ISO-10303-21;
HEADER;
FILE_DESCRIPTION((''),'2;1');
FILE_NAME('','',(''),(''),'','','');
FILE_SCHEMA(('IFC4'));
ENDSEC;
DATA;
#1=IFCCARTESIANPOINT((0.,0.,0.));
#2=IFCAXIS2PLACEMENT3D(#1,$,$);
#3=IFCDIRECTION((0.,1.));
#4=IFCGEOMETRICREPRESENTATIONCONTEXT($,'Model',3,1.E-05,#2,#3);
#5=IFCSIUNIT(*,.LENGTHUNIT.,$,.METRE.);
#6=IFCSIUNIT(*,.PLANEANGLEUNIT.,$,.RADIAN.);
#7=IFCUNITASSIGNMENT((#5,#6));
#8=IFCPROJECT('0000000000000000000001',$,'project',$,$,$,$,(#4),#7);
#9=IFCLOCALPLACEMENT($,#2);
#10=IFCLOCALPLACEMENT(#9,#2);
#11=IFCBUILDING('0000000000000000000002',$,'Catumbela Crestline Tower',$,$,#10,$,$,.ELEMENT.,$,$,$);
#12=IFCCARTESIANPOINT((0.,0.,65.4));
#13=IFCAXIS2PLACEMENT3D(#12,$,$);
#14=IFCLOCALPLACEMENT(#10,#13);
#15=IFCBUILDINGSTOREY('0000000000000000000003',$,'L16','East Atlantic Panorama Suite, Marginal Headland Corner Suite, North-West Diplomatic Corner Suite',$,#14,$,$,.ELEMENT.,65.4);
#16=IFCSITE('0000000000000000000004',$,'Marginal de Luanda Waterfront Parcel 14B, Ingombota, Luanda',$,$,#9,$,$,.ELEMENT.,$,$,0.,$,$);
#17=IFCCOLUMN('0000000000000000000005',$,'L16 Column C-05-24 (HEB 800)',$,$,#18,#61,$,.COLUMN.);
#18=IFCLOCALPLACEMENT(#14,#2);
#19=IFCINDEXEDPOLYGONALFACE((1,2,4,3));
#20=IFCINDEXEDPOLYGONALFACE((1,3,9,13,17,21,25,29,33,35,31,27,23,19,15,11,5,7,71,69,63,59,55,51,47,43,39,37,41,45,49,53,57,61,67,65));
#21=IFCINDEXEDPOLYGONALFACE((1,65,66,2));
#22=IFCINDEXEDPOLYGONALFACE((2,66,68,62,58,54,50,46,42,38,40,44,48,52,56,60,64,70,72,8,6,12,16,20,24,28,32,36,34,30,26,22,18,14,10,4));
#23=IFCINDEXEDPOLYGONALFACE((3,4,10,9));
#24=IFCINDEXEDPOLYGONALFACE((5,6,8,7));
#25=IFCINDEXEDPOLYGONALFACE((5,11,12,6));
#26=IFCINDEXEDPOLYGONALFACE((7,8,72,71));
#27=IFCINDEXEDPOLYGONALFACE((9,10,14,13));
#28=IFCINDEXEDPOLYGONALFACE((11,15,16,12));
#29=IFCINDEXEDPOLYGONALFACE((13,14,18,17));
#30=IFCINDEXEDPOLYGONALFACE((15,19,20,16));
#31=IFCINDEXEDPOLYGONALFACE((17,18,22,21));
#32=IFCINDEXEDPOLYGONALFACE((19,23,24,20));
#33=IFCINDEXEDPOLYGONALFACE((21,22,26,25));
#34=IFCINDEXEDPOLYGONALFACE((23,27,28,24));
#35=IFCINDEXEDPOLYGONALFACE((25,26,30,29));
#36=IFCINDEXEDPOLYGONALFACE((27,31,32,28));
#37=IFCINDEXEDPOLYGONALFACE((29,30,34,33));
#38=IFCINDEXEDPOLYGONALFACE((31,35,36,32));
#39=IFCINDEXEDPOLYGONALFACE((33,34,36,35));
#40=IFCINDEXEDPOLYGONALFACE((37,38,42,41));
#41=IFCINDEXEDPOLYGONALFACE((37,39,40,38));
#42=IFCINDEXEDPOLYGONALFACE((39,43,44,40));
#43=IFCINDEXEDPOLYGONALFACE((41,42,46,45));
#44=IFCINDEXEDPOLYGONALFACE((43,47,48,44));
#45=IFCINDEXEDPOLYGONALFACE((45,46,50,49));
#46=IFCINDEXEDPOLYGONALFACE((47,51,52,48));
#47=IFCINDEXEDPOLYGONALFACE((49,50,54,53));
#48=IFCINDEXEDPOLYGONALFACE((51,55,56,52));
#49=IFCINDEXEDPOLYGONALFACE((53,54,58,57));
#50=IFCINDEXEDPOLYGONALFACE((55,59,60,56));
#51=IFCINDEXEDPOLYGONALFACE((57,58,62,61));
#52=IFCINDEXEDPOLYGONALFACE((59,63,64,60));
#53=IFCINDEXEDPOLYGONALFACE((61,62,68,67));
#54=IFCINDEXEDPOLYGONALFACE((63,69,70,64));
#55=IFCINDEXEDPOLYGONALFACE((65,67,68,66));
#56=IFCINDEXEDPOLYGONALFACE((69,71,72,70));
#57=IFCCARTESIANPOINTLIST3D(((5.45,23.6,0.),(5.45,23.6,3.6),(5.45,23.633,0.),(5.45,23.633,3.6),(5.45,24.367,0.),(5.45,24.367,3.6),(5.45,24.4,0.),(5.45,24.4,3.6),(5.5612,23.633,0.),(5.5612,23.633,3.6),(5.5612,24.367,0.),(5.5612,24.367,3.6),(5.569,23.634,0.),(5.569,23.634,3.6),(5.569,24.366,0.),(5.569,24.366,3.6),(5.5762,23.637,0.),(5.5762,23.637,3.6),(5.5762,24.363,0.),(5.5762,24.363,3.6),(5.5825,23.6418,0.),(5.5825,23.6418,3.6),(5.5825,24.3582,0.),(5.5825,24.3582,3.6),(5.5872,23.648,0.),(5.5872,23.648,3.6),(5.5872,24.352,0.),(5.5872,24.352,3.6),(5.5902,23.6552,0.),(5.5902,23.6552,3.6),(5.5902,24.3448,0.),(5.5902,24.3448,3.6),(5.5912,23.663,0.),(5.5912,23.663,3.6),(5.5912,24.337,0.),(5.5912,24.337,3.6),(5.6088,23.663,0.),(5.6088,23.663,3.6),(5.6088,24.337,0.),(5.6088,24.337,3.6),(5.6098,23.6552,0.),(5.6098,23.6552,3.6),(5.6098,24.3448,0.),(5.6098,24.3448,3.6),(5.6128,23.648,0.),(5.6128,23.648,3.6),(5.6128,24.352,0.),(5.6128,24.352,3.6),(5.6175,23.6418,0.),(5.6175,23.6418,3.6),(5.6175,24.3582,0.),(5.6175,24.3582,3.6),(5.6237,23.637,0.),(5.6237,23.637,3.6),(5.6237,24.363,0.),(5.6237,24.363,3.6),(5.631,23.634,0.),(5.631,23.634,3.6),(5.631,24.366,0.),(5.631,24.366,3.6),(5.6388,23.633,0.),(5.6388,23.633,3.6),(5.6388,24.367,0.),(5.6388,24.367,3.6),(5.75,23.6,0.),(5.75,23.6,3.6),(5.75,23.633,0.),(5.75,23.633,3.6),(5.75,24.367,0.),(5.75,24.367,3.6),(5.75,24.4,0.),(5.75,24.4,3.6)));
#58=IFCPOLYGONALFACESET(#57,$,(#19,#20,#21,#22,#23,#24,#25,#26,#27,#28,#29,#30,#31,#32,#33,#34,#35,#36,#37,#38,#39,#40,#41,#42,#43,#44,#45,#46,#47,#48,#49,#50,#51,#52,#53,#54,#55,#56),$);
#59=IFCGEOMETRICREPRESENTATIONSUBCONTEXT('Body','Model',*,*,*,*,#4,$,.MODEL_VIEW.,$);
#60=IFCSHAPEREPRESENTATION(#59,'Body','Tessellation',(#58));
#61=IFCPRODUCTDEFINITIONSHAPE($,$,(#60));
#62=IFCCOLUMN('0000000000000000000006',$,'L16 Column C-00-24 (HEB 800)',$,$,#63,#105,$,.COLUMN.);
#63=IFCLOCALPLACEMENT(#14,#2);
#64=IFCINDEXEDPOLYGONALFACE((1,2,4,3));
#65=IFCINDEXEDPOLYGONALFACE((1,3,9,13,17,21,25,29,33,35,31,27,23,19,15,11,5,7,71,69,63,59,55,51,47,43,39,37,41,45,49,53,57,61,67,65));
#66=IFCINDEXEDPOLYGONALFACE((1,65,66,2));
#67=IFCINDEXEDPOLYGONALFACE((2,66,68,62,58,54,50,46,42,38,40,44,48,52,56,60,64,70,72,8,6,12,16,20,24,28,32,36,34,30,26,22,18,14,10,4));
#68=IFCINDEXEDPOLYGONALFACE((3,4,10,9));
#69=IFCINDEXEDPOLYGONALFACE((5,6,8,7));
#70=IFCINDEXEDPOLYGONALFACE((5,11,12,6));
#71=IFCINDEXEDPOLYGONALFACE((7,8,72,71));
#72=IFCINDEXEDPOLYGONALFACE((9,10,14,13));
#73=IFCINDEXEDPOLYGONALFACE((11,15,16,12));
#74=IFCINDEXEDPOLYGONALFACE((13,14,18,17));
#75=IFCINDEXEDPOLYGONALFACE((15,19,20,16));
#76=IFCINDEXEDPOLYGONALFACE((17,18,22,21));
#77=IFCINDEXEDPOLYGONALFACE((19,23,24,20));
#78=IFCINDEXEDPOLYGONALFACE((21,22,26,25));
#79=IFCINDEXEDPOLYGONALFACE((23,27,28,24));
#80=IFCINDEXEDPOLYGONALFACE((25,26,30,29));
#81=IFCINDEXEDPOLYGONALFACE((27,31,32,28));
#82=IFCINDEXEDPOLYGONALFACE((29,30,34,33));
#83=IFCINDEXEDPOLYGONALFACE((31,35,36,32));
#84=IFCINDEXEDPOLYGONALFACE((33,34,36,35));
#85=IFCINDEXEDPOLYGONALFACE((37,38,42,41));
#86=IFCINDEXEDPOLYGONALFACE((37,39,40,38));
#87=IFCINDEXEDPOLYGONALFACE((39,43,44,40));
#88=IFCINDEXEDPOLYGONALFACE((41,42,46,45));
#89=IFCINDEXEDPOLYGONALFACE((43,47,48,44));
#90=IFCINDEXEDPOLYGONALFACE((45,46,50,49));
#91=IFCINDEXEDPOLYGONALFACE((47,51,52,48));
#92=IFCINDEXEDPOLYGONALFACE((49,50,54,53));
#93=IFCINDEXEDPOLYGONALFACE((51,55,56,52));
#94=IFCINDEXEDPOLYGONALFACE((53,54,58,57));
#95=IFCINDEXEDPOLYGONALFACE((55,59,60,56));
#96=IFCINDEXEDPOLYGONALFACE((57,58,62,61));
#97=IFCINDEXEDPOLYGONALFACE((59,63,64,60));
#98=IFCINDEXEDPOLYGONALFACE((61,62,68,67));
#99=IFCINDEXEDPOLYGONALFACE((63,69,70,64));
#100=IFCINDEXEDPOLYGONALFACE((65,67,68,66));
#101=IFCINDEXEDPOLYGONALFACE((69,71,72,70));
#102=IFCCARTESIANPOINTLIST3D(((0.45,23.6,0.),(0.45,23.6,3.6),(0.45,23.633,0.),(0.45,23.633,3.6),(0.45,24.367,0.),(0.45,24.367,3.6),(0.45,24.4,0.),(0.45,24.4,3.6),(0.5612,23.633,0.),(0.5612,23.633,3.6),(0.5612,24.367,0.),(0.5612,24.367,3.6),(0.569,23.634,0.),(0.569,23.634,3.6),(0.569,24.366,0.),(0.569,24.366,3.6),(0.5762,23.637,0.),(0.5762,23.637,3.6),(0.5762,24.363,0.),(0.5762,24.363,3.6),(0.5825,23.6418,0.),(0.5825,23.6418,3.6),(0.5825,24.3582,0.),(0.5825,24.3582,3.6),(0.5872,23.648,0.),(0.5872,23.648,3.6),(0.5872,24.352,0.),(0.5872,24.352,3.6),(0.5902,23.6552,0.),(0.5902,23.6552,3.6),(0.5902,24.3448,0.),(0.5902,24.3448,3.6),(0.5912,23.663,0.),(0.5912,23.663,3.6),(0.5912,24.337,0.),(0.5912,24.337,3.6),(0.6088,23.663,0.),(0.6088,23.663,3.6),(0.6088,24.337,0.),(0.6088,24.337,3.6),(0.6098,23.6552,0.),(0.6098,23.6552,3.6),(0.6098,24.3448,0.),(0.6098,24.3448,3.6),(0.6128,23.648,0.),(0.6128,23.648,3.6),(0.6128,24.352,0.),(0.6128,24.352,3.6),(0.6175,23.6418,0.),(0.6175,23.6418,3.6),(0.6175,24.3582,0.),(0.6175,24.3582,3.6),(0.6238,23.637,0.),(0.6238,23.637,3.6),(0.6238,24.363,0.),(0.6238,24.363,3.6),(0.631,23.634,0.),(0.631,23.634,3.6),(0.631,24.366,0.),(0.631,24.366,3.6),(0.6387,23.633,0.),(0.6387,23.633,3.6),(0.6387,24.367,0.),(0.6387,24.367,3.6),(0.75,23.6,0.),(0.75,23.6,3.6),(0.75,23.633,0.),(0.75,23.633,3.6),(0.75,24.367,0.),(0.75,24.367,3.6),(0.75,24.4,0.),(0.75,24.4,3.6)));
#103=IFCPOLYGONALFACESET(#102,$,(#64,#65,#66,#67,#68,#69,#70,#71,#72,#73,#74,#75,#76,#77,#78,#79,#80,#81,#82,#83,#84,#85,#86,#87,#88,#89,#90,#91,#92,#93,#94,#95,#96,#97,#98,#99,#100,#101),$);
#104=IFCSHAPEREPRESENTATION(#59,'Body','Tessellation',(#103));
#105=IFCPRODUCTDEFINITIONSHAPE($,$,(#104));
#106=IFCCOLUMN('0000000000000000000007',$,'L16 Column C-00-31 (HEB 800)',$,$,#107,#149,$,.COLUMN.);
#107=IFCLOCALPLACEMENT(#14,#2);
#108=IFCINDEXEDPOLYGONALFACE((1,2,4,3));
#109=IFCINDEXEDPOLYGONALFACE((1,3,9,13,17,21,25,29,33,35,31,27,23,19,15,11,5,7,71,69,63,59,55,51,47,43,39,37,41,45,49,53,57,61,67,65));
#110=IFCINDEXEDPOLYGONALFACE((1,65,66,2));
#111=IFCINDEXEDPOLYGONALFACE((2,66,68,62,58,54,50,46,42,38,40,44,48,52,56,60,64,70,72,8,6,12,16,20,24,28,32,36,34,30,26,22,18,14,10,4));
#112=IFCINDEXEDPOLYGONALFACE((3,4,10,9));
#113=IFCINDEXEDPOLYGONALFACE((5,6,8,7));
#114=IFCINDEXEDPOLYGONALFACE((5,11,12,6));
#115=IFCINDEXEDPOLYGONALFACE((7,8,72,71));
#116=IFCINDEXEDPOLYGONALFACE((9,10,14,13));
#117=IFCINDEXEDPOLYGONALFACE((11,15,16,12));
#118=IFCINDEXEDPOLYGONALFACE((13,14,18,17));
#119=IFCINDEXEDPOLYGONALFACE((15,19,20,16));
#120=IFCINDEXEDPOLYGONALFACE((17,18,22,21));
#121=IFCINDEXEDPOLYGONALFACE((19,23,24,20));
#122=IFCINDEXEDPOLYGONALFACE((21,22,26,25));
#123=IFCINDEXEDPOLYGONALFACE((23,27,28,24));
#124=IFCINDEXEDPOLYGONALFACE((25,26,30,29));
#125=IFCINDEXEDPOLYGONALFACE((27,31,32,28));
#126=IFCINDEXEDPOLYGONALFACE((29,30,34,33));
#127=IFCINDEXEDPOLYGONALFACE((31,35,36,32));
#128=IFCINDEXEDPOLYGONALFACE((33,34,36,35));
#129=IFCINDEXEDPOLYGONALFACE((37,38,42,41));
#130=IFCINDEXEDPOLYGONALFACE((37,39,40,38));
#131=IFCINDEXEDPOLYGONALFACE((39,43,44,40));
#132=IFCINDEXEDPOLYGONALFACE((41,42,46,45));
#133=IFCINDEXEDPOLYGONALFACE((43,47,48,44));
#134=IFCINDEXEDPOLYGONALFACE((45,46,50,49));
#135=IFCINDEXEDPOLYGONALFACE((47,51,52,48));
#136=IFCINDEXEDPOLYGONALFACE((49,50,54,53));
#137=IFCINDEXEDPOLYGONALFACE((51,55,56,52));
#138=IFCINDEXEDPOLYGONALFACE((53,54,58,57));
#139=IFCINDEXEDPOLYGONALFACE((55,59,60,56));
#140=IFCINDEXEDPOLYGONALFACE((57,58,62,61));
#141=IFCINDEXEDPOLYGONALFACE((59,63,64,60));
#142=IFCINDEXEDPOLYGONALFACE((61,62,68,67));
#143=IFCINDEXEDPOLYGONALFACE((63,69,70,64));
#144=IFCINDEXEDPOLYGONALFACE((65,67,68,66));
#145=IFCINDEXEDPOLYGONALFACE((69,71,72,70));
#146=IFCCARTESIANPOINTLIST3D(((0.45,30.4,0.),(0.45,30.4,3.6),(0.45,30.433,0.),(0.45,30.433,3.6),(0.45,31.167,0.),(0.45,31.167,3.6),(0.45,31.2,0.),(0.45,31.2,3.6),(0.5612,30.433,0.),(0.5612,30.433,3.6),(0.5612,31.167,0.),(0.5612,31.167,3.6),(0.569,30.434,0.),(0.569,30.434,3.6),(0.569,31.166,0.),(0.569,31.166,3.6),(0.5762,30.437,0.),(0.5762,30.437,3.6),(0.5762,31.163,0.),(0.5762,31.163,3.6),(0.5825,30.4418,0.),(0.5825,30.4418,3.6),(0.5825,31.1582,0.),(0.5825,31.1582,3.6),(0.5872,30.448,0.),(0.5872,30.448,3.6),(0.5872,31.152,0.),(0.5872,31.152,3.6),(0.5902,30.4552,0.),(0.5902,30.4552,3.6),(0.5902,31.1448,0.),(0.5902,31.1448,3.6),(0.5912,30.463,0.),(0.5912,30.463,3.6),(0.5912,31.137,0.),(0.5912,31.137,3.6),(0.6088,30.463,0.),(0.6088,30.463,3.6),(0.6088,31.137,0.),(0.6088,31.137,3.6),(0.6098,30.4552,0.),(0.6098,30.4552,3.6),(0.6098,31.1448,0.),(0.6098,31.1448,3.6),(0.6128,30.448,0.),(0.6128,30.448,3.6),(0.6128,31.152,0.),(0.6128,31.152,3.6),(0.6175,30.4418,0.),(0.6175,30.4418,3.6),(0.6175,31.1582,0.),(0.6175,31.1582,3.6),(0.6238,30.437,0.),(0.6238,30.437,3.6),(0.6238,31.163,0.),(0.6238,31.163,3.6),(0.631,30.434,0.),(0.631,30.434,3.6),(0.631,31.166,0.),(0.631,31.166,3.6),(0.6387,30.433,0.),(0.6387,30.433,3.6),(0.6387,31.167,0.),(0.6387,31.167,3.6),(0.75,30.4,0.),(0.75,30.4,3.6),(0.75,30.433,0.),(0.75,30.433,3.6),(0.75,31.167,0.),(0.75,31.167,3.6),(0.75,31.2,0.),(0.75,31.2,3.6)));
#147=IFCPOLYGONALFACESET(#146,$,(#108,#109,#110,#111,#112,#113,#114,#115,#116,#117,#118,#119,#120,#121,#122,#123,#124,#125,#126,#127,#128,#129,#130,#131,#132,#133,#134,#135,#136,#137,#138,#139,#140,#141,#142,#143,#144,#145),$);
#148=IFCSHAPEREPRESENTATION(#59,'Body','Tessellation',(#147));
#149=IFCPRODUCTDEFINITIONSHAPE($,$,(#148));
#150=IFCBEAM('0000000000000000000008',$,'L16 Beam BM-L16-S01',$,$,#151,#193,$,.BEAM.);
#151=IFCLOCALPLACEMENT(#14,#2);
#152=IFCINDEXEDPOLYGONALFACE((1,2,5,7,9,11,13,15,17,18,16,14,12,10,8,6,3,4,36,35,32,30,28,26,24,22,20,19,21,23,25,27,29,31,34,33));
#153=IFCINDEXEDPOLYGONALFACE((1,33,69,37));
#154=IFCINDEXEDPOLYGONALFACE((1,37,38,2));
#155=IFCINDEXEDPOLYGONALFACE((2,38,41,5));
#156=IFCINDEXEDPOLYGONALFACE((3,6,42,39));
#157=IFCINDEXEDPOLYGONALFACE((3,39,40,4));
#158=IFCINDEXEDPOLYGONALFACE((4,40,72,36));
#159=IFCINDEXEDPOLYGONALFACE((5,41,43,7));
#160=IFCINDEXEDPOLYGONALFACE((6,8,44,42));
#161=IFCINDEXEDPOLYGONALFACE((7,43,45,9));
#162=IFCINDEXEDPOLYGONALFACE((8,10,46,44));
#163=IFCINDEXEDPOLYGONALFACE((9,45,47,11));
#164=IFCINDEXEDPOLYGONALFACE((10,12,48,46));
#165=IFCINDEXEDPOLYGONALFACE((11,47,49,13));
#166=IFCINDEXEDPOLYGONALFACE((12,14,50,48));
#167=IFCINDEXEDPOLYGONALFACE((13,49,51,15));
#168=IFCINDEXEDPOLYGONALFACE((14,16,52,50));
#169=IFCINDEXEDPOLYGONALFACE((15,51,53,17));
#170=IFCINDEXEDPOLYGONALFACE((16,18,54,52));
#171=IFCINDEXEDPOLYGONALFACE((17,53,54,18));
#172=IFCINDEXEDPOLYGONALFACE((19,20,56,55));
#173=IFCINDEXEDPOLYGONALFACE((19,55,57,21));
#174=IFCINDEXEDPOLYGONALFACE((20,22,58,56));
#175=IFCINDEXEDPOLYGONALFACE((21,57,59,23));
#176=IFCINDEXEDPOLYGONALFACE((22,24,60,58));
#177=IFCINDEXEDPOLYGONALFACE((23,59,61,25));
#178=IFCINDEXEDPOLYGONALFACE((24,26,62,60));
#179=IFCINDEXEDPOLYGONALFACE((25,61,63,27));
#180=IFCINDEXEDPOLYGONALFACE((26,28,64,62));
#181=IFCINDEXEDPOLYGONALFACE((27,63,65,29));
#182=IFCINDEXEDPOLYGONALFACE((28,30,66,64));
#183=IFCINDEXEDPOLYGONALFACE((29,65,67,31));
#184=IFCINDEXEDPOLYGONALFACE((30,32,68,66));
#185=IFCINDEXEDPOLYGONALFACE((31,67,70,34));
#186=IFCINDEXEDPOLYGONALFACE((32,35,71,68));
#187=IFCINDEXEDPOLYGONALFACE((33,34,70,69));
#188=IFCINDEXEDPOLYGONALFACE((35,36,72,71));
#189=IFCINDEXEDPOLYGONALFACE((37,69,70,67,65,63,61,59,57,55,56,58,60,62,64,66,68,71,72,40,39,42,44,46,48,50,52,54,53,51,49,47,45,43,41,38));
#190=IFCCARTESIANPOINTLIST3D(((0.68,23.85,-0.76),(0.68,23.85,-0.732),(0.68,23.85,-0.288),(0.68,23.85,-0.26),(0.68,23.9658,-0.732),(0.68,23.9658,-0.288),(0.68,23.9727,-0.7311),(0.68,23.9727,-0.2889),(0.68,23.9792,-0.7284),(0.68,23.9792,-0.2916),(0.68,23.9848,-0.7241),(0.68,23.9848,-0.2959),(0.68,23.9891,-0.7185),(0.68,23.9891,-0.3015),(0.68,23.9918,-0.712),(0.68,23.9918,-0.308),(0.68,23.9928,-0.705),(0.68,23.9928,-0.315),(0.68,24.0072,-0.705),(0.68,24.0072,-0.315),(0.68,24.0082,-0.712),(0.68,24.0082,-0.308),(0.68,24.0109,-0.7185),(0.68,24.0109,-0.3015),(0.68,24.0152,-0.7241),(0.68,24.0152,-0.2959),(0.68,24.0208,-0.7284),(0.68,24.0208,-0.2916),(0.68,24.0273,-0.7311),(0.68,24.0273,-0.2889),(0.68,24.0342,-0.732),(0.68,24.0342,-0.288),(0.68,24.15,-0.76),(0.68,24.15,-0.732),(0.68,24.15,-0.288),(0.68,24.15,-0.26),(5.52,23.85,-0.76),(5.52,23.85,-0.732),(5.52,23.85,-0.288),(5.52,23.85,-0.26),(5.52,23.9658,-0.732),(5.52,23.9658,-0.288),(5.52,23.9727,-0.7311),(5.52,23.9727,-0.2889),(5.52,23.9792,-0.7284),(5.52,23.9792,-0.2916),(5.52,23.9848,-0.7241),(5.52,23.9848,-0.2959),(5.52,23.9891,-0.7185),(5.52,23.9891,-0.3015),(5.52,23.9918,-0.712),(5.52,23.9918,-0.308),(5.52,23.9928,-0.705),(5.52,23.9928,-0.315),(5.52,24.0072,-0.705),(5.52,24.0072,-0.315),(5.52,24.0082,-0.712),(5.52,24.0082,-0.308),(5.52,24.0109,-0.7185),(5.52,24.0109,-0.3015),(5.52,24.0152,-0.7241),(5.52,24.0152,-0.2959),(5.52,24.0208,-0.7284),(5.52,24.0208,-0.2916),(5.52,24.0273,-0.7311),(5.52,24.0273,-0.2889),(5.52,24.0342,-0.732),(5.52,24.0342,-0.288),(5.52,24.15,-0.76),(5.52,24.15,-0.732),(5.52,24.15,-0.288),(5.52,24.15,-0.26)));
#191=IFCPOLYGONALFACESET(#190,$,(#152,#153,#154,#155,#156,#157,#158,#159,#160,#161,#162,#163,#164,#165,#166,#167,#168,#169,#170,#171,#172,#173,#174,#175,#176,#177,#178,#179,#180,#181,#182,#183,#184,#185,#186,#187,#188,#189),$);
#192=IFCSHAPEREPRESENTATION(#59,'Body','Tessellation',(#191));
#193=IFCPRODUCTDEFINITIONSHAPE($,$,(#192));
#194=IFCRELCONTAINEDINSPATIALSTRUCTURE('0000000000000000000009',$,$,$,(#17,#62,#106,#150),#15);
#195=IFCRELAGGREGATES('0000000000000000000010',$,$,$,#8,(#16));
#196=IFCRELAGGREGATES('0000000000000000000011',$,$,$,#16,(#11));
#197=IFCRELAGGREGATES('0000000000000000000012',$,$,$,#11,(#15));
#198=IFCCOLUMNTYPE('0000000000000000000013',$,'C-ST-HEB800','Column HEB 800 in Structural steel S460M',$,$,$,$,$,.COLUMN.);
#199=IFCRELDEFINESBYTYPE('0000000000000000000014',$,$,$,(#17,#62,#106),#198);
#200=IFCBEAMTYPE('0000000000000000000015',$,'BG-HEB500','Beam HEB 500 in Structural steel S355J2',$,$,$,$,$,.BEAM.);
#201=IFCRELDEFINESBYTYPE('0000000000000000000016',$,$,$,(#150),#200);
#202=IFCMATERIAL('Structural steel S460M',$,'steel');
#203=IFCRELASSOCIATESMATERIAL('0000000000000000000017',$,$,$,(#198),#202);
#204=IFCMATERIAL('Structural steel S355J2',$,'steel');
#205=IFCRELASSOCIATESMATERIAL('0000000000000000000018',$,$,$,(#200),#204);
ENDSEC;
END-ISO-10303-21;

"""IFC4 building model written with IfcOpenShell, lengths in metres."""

from ifc_helpers import new_model, si_unit, direction, frame, origin, origin_2d, place, context, subcontext, project, spatial, i_section, extrude, material, material_profile, profile_set, type_object, element, save


model = new_model("IFC4")

# Units and contexts
model_context = context("Model", 3, precision=1e-05, world=origin(), true_north=direction((0.0, 1.0)))
body_context = subcontext(model_context, "Body", "Model", "MODEL_VIEW")
ifc_project = project(units=[si_unit("LENGTHUNIT", "METRE"), si_unit("PLANEANGLEUNIT", "RADIAN")], contexts=[model_context])

# Site, building, storey
site_placement = place(None, origin())
site = spatial("IfcSite", under=ifc_project, at=site_placement, Name="Marginal de Luanda Waterfront Parcel 14B, Ingombota, Luanda", CompositionType="ELEMENT", RefElevation=0.0)
building_placement = place(site_placement, origin())
building = spatial("IfcBuilding", under=site, at=building_placement, Name="Catumbela Crestline Tower", CompositionType="ELEMENT")
storey_placement = place(building_placement, frame((0.0, 0.0, 65.4)))
storey = spatial("IfcBuildingStorey", under=building, at=storey_placement, Name="L16", Description="East Atlantic Panorama Suite, Marginal Headland Corner Suite, North-West Diplomatic Corner Suite", CompositionType="ELEMENT", Elevation=65.4)

# Columns
ifc_material_1 = material(Name="Structural steel S460M", Category="steel")
ifc_material_profile_1 = material_profile(ifc_material_1, i_section(OverallWidth=0.3, OverallDepth=0.8, WebThickness=0.0175, FlangeThickness=0.033, FilletRadius=0.03, at=origin_2d()), Name="HEB 800")
ifc_profile_set_1 = profile_set([ifc_material_profile_1], Name="Structural steel S460M")
column_type = type_object("IfcColumnType", Name="C-ST-HEB800", Description="Column HEB 800 in Structural steel S460M", PredefinedType="COLUMN", material=ifc_profile_set_1)
for number, where, z_axis, x_axis, name in (
    (1, (5.6, 24.0, 0.0), (0.0, 0.0, 1.0), (1.0, 0.0, 0.0), "L16 Column C-05-24 (HEB 800)"),
    (2, (0.6, 24.0, 0.0), (0.0, 0.0, 1.0), (1.0, 0.0, 0.0), "L16 Column C-00-24 (HEB 800)"),
    (3, (0.6, 30.8, 0.0), (0.0, 0.0, 1.0), (1.0, 0.0, 0.0), "L16 Column C-00-31 (HEB 800)"),
):
    element("IfcColumn", number, at=place(storey_placement, frame(where, z_axis=z_axis, x_axis=x_axis)), inside=storey, type_object=column_type, Name=name, PredefinedType="COLUMN", context=body_context, shape_type="SweptSolid", body=[
        extrude(i_section(OverallWidth=0.3, OverallDepth=0.8, WebThickness=0.0175, FlangeThickness=0.033, FilletRadius=0.03, at=origin_2d()), origin(), (0.0, 0.0, 1.0), 3.6),
    ])

# Beam
ifc_material_2 = material(Name="Structural steel S355J2", Category="steel")
ifc_material_profile_2 = material_profile(ifc_material_2, i_section(OverallWidth=0.3, OverallDepth=0.5, WebThickness=0.0145, FlangeThickness=0.028, FilletRadius=0.027, at=origin_2d()), Name="HEB 500")
ifc_profile_set_2 = profile_set([ifc_material_profile_2], Name="Structural steel S355J2")
beam_type_1 = type_object("IfcBeamType", Name="BG-HEB500", Description="Beam HEB 500 in Structural steel S355J2", PredefinedType="BEAM", material=ifc_profile_set_2)
for number, where, z_axis, x_axis, name in (
    (4, (0.68, 24.0, -0.51), (1.0, 0.0, 0.0), (0.0, 1.0, 0.0), "L16 Beam BM-L16-S01"),
):
    element("IfcBeam", number, at=place(storey_placement, frame(where, z_axis=z_axis, x_axis=x_axis)), inside=storey, type_object=beam_type_1, Name=name, PredefinedType="BEAM", context=body_context, shape_type="SweptSolid", body=[
        extrude(i_section(OverallWidth=0.3, OverallDepth=0.5, WebThickness=0.0145, FlangeThickness=0.028, FilletRadius=0.027, at=origin_2d()), origin(), (0.0, 0.0, 1.0), 4.84),
    ])

save(model, "model.ifc")
